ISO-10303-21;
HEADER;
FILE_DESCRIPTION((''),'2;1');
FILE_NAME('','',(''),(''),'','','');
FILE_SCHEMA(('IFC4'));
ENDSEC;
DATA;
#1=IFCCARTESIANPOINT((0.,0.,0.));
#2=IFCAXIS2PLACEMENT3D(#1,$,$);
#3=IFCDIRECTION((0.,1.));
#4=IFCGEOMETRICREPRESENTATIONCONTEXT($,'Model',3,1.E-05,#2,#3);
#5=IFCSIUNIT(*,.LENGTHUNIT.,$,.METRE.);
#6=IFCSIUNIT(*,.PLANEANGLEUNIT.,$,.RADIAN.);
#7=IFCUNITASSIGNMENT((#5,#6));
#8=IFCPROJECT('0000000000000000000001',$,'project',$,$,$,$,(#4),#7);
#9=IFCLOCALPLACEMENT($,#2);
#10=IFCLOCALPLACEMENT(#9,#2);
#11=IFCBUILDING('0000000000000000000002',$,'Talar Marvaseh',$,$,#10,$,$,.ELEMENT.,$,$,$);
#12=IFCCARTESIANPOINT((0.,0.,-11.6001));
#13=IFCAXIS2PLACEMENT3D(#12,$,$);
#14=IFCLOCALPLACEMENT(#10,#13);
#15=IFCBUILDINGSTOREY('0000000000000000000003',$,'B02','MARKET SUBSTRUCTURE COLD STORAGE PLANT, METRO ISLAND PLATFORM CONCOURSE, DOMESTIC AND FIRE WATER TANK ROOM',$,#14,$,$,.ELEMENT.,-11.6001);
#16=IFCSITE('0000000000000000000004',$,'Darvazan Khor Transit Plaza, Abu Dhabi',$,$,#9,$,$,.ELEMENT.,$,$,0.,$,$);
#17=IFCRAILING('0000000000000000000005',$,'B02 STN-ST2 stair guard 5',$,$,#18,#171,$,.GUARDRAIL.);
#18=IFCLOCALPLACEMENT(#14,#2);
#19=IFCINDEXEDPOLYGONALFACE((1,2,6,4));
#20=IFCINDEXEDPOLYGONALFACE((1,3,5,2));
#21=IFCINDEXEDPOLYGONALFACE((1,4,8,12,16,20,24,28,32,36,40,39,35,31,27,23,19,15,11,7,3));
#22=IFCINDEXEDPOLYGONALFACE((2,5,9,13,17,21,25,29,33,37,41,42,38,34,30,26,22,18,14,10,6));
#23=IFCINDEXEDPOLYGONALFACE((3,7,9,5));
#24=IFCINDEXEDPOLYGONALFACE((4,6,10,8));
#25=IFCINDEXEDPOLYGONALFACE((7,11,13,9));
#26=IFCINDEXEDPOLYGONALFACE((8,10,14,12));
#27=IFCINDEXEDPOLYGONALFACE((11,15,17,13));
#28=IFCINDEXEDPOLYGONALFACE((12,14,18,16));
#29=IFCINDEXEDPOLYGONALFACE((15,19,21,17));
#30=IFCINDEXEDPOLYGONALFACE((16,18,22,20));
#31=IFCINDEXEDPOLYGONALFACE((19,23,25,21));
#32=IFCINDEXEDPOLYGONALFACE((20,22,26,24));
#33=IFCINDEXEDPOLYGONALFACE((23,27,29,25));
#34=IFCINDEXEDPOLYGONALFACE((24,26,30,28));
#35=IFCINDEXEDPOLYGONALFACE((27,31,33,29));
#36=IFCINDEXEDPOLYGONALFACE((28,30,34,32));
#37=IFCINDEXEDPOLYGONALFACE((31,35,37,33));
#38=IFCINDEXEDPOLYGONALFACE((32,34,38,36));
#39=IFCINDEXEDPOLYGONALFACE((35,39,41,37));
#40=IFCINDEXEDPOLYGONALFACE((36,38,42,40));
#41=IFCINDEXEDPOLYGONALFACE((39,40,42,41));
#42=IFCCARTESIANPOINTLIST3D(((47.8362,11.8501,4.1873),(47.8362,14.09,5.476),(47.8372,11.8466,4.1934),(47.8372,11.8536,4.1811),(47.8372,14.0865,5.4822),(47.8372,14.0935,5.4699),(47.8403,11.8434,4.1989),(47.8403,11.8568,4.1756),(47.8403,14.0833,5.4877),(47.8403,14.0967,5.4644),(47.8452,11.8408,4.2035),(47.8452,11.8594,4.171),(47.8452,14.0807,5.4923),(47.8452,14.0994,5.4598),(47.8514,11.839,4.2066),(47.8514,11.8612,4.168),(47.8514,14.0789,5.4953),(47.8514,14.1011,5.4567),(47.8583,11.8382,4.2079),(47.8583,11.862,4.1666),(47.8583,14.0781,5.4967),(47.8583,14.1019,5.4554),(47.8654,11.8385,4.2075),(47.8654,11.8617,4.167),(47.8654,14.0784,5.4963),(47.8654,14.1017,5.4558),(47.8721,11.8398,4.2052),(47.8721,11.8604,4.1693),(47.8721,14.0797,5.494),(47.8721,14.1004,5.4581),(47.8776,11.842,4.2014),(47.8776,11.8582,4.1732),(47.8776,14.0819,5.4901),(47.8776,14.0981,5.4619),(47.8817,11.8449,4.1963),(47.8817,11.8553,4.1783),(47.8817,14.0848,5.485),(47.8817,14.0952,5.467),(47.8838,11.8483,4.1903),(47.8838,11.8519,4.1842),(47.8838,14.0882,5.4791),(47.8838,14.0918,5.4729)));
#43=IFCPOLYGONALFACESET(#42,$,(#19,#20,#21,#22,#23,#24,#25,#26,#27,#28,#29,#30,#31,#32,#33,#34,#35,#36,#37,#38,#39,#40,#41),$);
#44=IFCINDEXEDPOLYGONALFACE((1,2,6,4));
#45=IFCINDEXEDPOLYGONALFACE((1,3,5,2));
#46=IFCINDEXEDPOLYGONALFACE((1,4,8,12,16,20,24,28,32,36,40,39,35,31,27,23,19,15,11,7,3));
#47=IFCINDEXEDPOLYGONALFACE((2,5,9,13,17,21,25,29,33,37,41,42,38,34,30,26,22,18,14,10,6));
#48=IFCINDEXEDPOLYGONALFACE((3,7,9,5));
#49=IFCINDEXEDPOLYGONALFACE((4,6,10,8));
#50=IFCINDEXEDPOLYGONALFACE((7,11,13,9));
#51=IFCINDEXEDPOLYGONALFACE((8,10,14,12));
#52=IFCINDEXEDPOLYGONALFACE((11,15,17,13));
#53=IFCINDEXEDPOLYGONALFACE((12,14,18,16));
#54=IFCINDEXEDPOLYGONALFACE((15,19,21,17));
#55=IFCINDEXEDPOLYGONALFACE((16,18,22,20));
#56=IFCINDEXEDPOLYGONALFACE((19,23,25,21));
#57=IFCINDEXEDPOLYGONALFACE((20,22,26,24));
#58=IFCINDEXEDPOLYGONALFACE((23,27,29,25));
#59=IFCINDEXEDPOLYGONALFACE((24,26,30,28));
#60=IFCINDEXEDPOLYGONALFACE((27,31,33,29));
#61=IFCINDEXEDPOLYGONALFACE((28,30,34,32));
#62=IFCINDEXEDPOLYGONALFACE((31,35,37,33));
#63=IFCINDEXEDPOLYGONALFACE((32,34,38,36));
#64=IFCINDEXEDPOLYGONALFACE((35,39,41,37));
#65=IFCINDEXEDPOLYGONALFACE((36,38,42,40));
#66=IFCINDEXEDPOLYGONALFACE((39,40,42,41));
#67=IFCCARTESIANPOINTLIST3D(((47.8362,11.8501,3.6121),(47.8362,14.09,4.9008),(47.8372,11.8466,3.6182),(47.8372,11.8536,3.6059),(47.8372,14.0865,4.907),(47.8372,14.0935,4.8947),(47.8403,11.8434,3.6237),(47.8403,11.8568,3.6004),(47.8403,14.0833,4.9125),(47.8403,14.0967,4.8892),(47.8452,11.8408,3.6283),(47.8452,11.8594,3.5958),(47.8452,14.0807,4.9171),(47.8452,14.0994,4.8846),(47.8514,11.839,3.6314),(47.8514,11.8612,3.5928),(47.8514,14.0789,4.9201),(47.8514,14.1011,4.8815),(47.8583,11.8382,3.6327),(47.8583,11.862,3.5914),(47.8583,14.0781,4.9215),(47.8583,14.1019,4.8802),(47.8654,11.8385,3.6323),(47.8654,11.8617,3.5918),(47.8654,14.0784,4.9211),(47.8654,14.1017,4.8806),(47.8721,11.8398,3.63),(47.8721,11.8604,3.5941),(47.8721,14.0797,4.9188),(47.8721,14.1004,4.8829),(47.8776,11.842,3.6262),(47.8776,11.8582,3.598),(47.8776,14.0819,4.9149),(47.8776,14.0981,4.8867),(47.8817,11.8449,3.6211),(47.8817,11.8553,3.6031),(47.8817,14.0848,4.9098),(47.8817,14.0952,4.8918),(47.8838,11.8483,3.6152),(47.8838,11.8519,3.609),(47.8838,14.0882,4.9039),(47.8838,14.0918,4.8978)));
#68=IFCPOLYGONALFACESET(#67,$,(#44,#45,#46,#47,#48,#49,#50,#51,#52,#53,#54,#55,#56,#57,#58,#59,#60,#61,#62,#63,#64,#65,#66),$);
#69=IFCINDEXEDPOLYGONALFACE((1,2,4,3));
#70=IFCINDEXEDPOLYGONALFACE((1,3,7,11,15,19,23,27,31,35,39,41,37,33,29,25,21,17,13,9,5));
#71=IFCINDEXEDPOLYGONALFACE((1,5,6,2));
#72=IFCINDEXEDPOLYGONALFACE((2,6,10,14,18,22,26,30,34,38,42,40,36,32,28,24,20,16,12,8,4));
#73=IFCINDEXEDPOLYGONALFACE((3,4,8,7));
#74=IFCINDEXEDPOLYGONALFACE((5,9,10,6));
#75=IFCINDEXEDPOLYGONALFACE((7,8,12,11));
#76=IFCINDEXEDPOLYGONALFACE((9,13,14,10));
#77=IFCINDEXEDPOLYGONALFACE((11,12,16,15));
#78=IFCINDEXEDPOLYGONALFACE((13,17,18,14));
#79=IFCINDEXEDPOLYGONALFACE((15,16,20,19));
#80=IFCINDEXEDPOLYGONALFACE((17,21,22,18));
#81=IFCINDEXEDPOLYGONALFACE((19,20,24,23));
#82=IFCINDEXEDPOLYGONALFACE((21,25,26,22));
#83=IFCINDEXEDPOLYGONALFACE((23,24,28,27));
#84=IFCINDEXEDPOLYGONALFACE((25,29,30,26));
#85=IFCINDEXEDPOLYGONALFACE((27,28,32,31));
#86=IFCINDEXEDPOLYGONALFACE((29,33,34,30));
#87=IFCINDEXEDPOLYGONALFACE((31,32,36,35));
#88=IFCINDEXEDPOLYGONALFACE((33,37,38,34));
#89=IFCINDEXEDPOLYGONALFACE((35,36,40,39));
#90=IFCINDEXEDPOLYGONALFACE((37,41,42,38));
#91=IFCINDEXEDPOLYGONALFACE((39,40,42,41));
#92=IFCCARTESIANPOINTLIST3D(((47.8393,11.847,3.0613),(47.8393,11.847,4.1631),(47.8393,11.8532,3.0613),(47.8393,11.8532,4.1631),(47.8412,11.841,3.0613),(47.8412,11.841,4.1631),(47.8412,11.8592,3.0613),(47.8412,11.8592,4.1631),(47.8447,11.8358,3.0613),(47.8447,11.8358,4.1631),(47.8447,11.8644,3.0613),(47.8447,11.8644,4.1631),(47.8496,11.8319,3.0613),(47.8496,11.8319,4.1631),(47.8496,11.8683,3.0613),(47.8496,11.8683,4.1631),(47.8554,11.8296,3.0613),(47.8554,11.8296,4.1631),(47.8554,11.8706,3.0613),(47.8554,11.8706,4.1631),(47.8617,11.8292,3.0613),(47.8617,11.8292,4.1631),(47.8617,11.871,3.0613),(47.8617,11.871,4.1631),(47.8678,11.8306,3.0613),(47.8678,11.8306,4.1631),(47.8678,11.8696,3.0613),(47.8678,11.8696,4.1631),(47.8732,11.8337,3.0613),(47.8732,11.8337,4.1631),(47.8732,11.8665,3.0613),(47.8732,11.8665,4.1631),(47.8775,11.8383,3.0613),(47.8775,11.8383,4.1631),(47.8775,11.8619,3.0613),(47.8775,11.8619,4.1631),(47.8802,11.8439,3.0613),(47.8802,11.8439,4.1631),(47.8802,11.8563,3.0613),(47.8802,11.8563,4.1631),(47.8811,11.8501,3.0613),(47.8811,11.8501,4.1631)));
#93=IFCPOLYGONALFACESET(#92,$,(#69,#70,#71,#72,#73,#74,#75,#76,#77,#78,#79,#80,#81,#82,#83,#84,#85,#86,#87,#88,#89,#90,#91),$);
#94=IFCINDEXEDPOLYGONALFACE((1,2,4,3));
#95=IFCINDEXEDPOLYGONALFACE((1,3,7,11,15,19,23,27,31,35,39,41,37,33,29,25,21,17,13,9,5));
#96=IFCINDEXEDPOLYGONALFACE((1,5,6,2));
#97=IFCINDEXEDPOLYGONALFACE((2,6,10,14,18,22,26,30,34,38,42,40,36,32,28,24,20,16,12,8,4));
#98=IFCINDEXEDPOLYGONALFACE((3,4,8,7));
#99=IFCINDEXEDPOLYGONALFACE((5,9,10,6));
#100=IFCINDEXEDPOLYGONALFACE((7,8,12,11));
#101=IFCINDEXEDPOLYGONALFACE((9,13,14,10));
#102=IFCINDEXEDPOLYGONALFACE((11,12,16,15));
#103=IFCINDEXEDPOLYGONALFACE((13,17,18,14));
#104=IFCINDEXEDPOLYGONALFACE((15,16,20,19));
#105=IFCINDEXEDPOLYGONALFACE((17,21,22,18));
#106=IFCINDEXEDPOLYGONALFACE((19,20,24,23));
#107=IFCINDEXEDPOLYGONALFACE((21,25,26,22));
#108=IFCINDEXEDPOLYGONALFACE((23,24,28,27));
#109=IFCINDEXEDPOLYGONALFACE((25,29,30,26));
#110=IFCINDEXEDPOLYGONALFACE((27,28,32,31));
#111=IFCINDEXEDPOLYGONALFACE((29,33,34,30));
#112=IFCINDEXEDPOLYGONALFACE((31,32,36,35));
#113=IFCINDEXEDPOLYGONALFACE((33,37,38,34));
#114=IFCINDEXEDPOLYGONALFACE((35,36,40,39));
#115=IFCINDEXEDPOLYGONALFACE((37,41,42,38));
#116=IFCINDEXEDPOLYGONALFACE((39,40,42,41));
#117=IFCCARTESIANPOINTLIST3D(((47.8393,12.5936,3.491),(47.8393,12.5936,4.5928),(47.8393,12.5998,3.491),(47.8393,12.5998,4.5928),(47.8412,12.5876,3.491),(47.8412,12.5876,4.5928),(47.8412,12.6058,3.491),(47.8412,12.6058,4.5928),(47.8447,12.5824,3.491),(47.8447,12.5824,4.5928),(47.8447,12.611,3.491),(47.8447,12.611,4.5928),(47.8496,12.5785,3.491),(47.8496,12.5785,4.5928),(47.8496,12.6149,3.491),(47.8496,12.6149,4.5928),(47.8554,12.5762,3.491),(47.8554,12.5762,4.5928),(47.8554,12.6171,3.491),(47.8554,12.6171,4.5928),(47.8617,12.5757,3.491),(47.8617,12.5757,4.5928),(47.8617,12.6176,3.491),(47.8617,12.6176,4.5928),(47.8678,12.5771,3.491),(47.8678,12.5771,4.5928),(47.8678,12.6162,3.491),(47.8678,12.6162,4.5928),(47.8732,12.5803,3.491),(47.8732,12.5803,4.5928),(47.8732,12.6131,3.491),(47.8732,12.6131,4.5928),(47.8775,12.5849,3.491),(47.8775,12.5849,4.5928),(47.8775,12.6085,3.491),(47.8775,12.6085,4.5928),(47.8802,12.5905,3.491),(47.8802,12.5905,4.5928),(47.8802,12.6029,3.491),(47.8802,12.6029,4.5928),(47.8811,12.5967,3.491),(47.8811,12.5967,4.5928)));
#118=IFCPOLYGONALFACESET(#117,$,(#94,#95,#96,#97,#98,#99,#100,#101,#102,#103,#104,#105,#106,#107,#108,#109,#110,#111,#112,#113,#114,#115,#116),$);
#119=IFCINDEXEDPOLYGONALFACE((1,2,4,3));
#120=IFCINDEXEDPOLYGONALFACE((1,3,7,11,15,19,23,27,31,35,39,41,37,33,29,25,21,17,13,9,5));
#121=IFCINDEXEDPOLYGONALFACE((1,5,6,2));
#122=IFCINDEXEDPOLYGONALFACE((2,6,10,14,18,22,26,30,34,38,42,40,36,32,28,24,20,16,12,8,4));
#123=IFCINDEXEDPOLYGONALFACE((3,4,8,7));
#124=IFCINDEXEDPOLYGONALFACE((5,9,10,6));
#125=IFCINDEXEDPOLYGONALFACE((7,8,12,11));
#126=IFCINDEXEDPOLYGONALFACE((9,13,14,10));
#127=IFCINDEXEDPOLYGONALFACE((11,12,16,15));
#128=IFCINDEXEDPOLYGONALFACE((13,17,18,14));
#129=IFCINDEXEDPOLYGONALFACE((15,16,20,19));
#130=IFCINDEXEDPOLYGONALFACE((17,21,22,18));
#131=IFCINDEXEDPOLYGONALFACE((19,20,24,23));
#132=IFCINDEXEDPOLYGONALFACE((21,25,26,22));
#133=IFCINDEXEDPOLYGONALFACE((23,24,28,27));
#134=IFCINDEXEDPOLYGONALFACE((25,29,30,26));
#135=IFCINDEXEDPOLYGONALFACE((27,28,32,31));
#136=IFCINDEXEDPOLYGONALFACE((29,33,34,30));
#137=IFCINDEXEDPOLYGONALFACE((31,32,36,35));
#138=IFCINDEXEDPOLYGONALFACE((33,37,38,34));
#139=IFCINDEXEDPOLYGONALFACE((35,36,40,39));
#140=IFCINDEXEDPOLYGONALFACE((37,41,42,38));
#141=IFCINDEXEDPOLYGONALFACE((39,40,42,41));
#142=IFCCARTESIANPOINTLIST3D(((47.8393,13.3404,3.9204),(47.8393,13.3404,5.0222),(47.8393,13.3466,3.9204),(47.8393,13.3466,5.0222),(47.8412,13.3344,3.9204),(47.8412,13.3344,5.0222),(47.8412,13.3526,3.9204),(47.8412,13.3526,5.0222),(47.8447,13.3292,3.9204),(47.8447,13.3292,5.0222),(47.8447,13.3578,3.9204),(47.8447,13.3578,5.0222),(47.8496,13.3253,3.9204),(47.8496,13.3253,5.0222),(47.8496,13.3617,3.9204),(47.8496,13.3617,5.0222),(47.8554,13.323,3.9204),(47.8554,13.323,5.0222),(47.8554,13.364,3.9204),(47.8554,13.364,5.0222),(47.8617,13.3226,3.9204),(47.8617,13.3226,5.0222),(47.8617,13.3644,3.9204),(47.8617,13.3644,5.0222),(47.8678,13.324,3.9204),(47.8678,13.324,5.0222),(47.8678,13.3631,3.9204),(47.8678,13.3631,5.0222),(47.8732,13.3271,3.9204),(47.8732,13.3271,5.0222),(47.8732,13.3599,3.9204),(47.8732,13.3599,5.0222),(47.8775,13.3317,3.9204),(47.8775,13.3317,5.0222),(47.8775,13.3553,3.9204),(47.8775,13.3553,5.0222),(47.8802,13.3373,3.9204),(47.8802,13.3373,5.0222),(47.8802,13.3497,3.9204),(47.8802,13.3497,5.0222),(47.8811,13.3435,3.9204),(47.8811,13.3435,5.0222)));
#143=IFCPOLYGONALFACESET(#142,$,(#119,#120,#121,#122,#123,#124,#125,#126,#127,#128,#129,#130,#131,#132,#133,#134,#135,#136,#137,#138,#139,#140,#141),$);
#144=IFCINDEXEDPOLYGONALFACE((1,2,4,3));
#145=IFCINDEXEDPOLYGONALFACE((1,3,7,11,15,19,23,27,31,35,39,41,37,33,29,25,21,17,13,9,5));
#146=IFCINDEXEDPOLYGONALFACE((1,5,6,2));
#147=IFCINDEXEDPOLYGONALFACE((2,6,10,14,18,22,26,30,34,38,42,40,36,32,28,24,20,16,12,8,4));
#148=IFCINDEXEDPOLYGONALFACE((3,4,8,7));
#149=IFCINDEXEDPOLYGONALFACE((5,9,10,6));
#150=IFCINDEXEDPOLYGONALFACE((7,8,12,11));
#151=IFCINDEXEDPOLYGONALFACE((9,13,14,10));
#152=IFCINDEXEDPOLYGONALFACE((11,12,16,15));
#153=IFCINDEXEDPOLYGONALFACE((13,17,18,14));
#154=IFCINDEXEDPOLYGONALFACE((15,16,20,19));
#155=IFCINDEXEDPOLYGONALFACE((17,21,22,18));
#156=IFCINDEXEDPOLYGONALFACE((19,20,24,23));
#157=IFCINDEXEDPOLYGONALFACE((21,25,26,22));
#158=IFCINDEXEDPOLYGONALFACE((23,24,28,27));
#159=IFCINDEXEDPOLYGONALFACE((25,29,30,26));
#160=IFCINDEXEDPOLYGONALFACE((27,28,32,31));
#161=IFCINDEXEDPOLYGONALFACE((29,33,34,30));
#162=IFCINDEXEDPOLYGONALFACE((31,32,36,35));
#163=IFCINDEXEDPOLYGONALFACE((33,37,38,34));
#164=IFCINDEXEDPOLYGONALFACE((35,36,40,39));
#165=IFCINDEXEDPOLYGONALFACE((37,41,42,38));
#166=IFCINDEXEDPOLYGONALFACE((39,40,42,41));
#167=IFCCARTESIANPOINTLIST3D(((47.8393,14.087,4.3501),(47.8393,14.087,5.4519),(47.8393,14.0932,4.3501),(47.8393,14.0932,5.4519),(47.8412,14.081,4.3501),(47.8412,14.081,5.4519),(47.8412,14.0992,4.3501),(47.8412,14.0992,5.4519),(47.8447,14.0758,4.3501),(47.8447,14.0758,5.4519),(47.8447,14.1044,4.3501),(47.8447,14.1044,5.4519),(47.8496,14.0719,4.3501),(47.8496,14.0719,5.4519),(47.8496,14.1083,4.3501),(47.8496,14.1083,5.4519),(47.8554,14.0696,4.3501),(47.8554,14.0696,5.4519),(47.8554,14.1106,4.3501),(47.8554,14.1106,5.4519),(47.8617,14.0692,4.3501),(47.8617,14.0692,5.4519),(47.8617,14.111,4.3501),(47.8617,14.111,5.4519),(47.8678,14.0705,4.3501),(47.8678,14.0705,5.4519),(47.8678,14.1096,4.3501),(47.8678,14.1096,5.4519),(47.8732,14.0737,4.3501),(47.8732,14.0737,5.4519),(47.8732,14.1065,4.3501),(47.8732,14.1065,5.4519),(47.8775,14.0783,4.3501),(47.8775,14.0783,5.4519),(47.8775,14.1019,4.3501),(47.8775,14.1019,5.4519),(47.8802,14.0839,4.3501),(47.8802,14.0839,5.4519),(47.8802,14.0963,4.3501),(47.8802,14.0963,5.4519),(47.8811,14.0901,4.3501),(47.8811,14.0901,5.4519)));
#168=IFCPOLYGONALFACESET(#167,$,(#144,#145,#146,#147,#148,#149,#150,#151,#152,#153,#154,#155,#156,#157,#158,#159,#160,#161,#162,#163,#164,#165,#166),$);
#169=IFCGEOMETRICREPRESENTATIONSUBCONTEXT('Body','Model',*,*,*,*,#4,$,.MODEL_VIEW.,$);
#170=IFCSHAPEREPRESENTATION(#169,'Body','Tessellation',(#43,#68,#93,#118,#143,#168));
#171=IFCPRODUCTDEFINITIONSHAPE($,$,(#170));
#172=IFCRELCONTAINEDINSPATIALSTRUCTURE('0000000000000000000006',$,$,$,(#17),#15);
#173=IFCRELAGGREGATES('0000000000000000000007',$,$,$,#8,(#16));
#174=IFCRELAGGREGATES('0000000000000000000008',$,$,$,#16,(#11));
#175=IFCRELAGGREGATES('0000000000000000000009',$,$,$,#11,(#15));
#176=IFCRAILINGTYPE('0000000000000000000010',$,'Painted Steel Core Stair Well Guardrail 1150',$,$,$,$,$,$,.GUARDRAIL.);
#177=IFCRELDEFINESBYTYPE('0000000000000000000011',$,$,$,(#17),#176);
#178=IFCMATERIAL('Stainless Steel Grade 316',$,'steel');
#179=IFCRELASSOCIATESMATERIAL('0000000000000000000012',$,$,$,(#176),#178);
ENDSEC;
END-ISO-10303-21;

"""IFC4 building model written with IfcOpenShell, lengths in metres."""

from ifc_helpers import new_model, si_unit, direction, frame, origin, origin_2d, place, context, subcontext, project, spatial, circle, extrude, material, type_object, element, save


model = new_model("IFC4")

# Units and contexts
model_context = context("Model", 3, precision=1e-05, world=origin(), true_north=direction((0.0, 1.0)))
body_context = subcontext(model_context, "Body", "Model", "MODEL_VIEW")
ifc_project = project(units=[si_unit("LENGTHUNIT", "METRE"), si_unit("PLANEANGLEUNIT", "RADIAN")], contexts=[model_context])

# Site, building, storey
site_placement = place(None, origin())
site = spatial("IfcSite", under=ifc_project, at=site_placement, Name="Darvazan Khor Transit Plaza, Abu Dhabi", CompositionType="ELEMENT", RefElevation=0.0)
building_placement = place(site_placement, origin())
building = spatial("IfcBuilding", under=site, at=building_placement, Name="Talar Marvaseh", CompositionType="ELEMENT")
storey_placement = place(building_placement, frame((0.0, 0.0, -11.6001)))
storey = spatial("IfcBuildingStorey", under=building, at=storey_placement, Name="B02", Description="MARKET SUBSTRUCTURE COLD STORAGE PLANT, METRO ISLAND PLATFORM CONCOURSE, DOMESTIC AND FIRE WATER TANK ROOM", CompositionType="ELEMENT", Elevation=-11.6001)

# Railing
ifc_material_1 = material(Name="Stainless Steel Grade 316", Category="steel")
railing_type_1 = type_object("IfcRailingType", Name="Painted Steel Core Stair Well Guardrail 1150", PredefinedType="GUARDRAIL", material=ifc_material_1)
railing_1_placement = place(storey_placement, frame((47.8601, 11.8501, 3.0613)))
element("IfcRailing", 1, at=railing_1_placement, inside=storey, type_object=railing_type_1, Name="B02 STN-ST2 stair guard 5", PredefinedType="GUARDRAIL", context=body_context, shape_type="SweptSolid", body=[
    extrude(circle(Radius=0.0239, at=origin_2d()), frame((0.0, 0.0, 1.126), z_axis=(0.0, 0.866768, 0.498711), x_axis=(-1.0, 0.0, 0.0)), (0.0, 0.0, 1.0), 2.5842),
    extrude(circle(Radius=0.0239, at=origin_2d()), frame((0.0, 0.0, 0.5508), z_axis=(0.0, 0.866768, 0.498711), x_axis=(-1.0, 0.0, 0.0)), (0.0, 0.0, 1.0), 2.5842),
    extrude(circle(Radius=0.021, at=origin_2d()), origin(), (0.0, 0.0, 1.0), 1.1018),
    extrude(circle(Radius=0.021, at=origin_2d()), frame((0.0, 0.7466, 0.4297)), (0.0, 0.0, 1.0), 1.1018),
    extrude(circle(Radius=0.021, at=origin_2d()), frame((0.0, 1.4934, 0.8591)), (0.0, 0.0, 1.0), 1.1018),
    extrude(circle(Radius=0.021, at=origin_2d()), frame((0.0, 2.24, 1.2888)), (0.0, 0.0, 1.0), 1.1018),
])

save(model, "model.ifc")
